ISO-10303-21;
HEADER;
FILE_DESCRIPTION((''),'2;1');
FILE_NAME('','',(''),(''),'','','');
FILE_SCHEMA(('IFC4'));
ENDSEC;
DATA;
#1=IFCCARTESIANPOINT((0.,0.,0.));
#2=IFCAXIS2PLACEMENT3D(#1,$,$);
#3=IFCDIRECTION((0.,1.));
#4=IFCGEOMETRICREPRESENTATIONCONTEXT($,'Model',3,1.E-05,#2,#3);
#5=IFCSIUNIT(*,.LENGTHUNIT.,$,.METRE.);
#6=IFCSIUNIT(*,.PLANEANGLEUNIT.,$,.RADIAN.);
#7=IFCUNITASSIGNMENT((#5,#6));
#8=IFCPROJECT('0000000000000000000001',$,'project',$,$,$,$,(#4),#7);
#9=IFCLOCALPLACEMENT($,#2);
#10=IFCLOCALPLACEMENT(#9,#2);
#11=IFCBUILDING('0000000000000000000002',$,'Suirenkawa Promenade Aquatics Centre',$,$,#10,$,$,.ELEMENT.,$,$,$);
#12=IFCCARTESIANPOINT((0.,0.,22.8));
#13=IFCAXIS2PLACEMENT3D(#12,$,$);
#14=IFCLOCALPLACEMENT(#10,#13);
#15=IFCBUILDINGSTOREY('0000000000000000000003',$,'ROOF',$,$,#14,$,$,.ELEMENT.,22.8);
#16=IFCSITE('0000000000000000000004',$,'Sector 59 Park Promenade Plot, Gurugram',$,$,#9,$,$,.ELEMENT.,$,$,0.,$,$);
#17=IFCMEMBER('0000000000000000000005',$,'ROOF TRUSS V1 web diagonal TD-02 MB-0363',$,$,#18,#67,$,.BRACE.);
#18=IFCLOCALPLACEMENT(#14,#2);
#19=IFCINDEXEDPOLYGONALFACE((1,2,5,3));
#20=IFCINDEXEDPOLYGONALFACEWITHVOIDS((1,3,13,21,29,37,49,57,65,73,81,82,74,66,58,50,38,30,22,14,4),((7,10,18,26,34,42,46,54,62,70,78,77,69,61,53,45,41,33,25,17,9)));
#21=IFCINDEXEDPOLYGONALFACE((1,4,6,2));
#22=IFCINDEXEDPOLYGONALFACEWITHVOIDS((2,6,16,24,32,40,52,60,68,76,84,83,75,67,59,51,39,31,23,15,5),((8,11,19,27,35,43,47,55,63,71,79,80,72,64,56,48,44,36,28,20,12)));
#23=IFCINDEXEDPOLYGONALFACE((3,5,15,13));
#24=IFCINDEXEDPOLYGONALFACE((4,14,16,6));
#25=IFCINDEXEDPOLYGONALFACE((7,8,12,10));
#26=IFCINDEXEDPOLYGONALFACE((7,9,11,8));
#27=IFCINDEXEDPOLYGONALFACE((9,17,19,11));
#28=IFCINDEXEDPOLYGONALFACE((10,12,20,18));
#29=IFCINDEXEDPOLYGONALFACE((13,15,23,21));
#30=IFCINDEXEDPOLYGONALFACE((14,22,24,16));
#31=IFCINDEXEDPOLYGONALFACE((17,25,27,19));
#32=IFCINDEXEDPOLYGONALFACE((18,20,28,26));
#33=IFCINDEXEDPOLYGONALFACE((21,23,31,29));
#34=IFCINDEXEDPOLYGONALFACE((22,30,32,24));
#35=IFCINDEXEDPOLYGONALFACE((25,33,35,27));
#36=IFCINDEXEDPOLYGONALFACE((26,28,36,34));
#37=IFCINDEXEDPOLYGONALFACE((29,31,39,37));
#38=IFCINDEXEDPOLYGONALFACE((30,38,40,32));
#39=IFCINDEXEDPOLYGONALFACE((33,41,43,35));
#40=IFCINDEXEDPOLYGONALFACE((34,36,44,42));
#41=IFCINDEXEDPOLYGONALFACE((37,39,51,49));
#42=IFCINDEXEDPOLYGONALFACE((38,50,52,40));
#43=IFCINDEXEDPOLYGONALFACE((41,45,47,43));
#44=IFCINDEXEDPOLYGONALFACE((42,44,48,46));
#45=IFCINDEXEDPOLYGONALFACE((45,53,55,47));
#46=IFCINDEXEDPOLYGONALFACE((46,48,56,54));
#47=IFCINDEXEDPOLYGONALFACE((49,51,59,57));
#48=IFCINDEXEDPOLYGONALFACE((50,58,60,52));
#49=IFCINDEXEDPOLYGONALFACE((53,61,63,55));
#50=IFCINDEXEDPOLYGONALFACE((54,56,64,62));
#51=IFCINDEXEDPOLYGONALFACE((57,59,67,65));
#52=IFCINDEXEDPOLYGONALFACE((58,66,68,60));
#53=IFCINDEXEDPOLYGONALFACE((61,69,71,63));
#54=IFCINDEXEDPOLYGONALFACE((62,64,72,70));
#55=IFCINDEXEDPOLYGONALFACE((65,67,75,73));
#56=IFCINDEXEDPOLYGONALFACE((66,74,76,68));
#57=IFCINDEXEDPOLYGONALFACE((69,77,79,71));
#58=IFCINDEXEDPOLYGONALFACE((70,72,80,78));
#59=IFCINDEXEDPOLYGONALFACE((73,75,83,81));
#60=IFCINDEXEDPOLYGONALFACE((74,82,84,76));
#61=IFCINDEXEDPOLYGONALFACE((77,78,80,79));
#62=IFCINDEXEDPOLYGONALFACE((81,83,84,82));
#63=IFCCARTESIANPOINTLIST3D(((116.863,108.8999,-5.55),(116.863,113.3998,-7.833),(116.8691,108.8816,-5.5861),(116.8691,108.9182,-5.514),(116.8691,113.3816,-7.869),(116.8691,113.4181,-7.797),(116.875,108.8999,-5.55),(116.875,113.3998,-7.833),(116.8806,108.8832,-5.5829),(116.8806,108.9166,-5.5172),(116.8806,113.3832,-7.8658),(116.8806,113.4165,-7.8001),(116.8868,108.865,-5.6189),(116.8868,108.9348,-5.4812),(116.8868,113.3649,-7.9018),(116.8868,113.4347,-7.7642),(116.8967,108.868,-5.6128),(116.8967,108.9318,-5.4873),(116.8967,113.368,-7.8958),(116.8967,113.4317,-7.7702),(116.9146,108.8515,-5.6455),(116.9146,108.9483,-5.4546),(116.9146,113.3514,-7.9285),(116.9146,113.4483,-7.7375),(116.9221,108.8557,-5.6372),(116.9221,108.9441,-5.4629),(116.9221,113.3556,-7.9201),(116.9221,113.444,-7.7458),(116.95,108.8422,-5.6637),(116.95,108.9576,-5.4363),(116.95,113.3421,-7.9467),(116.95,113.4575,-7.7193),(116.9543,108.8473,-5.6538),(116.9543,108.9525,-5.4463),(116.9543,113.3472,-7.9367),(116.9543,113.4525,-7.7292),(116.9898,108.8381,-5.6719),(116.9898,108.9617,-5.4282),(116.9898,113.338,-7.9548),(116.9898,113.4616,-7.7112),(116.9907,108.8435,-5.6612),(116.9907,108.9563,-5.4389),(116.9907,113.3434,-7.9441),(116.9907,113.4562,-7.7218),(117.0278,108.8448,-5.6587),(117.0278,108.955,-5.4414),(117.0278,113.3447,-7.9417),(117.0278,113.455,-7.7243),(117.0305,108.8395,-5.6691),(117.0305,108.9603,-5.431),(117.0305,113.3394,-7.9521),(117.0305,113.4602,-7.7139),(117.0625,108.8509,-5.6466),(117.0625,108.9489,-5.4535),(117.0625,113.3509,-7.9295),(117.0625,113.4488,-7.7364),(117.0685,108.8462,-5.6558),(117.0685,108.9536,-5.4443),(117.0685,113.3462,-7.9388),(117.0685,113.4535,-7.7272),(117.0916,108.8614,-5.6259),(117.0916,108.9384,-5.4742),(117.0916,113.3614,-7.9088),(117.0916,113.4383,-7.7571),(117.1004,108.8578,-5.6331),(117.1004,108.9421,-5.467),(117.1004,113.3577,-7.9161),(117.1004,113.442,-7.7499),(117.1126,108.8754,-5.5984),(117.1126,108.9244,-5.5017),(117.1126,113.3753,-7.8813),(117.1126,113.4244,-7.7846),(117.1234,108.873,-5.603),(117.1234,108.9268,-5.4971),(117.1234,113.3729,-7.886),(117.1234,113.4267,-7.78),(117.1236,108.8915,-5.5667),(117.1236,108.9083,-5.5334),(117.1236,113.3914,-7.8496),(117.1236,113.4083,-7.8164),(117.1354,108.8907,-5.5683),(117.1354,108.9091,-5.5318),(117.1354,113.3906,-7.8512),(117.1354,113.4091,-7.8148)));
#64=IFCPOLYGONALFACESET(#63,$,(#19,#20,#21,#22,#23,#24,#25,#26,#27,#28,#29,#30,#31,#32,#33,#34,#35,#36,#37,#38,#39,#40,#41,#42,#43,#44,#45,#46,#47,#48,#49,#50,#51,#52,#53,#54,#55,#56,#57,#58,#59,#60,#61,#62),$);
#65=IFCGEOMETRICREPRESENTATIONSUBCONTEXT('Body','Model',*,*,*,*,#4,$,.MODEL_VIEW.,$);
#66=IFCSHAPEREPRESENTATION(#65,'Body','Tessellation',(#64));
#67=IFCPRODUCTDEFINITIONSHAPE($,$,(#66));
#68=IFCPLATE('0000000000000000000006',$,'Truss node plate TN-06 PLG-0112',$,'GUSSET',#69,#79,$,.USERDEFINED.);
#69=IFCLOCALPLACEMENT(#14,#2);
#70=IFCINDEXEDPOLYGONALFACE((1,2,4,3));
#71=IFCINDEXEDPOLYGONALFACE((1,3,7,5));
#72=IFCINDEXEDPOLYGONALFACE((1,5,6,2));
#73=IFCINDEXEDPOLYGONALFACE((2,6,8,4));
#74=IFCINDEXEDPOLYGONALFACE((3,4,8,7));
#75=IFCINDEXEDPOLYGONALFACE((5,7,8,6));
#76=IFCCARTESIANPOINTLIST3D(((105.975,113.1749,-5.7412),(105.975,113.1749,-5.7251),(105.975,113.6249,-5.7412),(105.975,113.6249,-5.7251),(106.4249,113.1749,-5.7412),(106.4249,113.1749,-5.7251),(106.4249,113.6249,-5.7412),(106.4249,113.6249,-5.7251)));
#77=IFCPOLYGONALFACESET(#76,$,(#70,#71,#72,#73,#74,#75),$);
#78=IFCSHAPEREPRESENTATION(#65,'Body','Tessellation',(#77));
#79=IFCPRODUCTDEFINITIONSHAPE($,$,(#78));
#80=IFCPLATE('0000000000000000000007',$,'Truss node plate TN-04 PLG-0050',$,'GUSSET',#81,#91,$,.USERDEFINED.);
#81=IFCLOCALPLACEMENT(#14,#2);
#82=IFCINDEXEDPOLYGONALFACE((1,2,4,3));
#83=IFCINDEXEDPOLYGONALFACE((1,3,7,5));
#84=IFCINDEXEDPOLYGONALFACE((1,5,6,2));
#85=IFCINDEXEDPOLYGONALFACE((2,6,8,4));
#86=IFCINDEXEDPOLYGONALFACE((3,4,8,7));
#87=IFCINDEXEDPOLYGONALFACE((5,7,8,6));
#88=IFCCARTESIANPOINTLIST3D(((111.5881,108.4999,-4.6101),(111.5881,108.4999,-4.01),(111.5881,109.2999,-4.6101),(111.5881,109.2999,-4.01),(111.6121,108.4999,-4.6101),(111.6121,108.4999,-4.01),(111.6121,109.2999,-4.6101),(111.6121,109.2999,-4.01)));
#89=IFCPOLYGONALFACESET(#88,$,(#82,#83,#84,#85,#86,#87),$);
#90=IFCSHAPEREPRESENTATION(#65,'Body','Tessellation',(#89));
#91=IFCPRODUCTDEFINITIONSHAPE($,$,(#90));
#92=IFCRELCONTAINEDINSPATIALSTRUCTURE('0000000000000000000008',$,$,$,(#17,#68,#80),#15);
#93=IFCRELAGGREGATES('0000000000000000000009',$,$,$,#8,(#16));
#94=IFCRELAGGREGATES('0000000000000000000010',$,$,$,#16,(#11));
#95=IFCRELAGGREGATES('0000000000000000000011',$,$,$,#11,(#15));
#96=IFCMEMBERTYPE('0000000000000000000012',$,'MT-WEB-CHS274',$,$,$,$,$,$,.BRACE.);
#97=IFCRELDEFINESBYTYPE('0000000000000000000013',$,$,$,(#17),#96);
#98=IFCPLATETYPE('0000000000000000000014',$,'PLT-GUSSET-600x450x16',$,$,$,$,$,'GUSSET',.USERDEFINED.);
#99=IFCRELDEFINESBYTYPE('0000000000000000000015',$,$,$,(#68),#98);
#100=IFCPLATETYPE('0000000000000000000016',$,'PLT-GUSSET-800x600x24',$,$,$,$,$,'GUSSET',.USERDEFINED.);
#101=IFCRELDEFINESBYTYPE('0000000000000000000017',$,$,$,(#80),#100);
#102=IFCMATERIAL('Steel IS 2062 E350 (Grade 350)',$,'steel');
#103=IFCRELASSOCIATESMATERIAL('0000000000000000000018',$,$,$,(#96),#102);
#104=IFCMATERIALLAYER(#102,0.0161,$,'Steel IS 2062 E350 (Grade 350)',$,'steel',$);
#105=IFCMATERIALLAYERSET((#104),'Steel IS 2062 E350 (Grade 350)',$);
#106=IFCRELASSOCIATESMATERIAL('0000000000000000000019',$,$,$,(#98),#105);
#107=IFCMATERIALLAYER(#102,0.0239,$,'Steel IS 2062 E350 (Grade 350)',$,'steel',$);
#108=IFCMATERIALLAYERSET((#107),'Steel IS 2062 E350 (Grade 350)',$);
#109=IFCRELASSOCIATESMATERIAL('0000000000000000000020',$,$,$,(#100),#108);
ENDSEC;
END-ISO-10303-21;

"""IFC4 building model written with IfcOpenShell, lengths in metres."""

from ifc_helpers import new_model, si_unit, direction, frame, origin, origin_2d, place, context, subcontext, project, spatial, rectangle, hollow_circle, extrude, material, layer, layer_set, material_profile, profile_set, type_object, element, save


model = new_model("IFC4")

# Units and contexts
model_context = context("Model", 3, precision=1e-05, world=origin(), true_north=direction((0.0, 1.0)))
body_context = subcontext(model_context, "Body", "Model", "MODEL_VIEW")
ifc_project = project(units=[si_unit("LENGTHUNIT", "METRE"), si_unit("PLANEANGLEUNIT", "RADIAN")], contexts=[model_context])

# Site, building, storey
site_placement = place(None, origin())
site = spatial("IfcSite", under=ifc_project, at=site_placement, Name="Sector 59 Park Promenade Plot, Gurugram", CompositionType="ELEMENT", RefElevation=0.0)
building_placement = place(site_placement, origin())
building = spatial("IfcBuilding", under=site, at=building_placement, Name="Suirenkawa Promenade Aquatics Centre", CompositionType="ELEMENT")
storey_placement = place(building_placement, frame((0.0, 0.0, 22.8)))
storey = spatial("IfcBuildingStorey", under=building, at=storey_placement, Name="ROOF", CompositionType="ELEMENT", Elevation=22.8)

# Shared definitions
ifc_material = material(Name="Steel IS 2062 E350 (Grade 350)", Category="steel")

# Member
ifc_material_profile_1 = material_profile(ifc_material, hollow_circle(Radius=0.137, WallThickness=0.012, at=origin_2d()), Name="CHS 274x12", Category="steel")
ifc_profile_set_1 = profile_set([ifc_material_profile_1], Name="Steel IS 2062 E350 (Grade 350)")
member_type_1 = type_object("IfcMemberType", Name="MT-WEB-CHS274", PredefinedType="BRACE", material=ifc_profile_set_1)
member_1_placement = place(storey_placement, frame((117.0, 108.8999, -5.55), z_axis=(0.0, 0.891799, -0.452431), x_axis=(-1.0, 0.0, 0.0)))
element("IfcMember", 1, at=member_1_placement, inside=storey, type_object=member_type_1, Name="ROOF TRUSS V1 web diagonal TD-02 MB-0363", PredefinedType="BRACE", context=body_context, shape_type="SweptSolid", body=[
    extrude(hollow_circle(Radius=0.137, WallThickness=0.012, at=origin_2d()), origin(), (0.0, 0.0, 1.0), 5.0459),
])

# Plates
ifc_layer_1 = layer(ifc_material, 0.0161, Name="Steel IS 2062 E350 (Grade 350)", Category="steel")
ifc_layer_set_1 = layer_set([ifc_layer_1], Name="Steel IS 2062 E350 (Grade 350)")
plate_type_1 = type_object("IfcPlateType", Name="PLT-GUSSET-600x450x16", ElementType="GUSSET", PredefinedType="USERDEFINED", material=ifc_layer_set_1)
plate_1_placement = place(storey_placement, frame((106.2, 113.3999, -5.7412), z_axis=(0.0, 0.0, 1.0), x_axis=(1.0, 0.0, 0.0)))
element("IfcPlate", 2, at=plate_1_placement, inside=storey, type_object=plate_type_1, Name="Truss node plate TN-06 PLG-0112", ObjectType="GUSSET", PredefinedType="USERDEFINED", context=body_context, shape_type="SweptSolid", body=[
    extrude(rectangle(XDim=0.45, YDim=0.45, at=origin_2d()), origin(), (0.0, 0.0, 1.0), 0.0161),
])
ifc_layer_2 = layer(ifc_material, 0.0239, Name="Steel IS 2062 E350 (Grade 350)", Category="steel")
ifc_layer_set_2 = layer_set([ifc_layer_2], Name="Steel IS 2062 E350 (Grade 350)")
plate_type_2 = type_object("IfcPlateType", Name="PLT-GUSSET-800x600x24", ElementType="GUSSET", PredefinedType="USERDEFINED", material=ifc_layer_set_2)
plate_2_placement = place(storey_placement, frame((111.6001, 108.8999, -4.6101), z_axis=(0.0, 0.0, 1.0), x_axis=(0.0, 1.0, 0.0)))
element("IfcPlate", 3, at=plate_2_placement, inside=storey, type_object=plate_type_2, Name="Truss node plate TN-04 PLG-0050", ObjectType="GUSSET", PredefinedType="USERDEFINED", context=body_context, shape_type="SweptSolid", body=[
    extrude(rectangle(XDim=0.8, YDim=0.0239, at=origin_2d()), origin(), (0.0, 0.0, 1.0), 0.6001),
])

save(model, "model.ifc")
